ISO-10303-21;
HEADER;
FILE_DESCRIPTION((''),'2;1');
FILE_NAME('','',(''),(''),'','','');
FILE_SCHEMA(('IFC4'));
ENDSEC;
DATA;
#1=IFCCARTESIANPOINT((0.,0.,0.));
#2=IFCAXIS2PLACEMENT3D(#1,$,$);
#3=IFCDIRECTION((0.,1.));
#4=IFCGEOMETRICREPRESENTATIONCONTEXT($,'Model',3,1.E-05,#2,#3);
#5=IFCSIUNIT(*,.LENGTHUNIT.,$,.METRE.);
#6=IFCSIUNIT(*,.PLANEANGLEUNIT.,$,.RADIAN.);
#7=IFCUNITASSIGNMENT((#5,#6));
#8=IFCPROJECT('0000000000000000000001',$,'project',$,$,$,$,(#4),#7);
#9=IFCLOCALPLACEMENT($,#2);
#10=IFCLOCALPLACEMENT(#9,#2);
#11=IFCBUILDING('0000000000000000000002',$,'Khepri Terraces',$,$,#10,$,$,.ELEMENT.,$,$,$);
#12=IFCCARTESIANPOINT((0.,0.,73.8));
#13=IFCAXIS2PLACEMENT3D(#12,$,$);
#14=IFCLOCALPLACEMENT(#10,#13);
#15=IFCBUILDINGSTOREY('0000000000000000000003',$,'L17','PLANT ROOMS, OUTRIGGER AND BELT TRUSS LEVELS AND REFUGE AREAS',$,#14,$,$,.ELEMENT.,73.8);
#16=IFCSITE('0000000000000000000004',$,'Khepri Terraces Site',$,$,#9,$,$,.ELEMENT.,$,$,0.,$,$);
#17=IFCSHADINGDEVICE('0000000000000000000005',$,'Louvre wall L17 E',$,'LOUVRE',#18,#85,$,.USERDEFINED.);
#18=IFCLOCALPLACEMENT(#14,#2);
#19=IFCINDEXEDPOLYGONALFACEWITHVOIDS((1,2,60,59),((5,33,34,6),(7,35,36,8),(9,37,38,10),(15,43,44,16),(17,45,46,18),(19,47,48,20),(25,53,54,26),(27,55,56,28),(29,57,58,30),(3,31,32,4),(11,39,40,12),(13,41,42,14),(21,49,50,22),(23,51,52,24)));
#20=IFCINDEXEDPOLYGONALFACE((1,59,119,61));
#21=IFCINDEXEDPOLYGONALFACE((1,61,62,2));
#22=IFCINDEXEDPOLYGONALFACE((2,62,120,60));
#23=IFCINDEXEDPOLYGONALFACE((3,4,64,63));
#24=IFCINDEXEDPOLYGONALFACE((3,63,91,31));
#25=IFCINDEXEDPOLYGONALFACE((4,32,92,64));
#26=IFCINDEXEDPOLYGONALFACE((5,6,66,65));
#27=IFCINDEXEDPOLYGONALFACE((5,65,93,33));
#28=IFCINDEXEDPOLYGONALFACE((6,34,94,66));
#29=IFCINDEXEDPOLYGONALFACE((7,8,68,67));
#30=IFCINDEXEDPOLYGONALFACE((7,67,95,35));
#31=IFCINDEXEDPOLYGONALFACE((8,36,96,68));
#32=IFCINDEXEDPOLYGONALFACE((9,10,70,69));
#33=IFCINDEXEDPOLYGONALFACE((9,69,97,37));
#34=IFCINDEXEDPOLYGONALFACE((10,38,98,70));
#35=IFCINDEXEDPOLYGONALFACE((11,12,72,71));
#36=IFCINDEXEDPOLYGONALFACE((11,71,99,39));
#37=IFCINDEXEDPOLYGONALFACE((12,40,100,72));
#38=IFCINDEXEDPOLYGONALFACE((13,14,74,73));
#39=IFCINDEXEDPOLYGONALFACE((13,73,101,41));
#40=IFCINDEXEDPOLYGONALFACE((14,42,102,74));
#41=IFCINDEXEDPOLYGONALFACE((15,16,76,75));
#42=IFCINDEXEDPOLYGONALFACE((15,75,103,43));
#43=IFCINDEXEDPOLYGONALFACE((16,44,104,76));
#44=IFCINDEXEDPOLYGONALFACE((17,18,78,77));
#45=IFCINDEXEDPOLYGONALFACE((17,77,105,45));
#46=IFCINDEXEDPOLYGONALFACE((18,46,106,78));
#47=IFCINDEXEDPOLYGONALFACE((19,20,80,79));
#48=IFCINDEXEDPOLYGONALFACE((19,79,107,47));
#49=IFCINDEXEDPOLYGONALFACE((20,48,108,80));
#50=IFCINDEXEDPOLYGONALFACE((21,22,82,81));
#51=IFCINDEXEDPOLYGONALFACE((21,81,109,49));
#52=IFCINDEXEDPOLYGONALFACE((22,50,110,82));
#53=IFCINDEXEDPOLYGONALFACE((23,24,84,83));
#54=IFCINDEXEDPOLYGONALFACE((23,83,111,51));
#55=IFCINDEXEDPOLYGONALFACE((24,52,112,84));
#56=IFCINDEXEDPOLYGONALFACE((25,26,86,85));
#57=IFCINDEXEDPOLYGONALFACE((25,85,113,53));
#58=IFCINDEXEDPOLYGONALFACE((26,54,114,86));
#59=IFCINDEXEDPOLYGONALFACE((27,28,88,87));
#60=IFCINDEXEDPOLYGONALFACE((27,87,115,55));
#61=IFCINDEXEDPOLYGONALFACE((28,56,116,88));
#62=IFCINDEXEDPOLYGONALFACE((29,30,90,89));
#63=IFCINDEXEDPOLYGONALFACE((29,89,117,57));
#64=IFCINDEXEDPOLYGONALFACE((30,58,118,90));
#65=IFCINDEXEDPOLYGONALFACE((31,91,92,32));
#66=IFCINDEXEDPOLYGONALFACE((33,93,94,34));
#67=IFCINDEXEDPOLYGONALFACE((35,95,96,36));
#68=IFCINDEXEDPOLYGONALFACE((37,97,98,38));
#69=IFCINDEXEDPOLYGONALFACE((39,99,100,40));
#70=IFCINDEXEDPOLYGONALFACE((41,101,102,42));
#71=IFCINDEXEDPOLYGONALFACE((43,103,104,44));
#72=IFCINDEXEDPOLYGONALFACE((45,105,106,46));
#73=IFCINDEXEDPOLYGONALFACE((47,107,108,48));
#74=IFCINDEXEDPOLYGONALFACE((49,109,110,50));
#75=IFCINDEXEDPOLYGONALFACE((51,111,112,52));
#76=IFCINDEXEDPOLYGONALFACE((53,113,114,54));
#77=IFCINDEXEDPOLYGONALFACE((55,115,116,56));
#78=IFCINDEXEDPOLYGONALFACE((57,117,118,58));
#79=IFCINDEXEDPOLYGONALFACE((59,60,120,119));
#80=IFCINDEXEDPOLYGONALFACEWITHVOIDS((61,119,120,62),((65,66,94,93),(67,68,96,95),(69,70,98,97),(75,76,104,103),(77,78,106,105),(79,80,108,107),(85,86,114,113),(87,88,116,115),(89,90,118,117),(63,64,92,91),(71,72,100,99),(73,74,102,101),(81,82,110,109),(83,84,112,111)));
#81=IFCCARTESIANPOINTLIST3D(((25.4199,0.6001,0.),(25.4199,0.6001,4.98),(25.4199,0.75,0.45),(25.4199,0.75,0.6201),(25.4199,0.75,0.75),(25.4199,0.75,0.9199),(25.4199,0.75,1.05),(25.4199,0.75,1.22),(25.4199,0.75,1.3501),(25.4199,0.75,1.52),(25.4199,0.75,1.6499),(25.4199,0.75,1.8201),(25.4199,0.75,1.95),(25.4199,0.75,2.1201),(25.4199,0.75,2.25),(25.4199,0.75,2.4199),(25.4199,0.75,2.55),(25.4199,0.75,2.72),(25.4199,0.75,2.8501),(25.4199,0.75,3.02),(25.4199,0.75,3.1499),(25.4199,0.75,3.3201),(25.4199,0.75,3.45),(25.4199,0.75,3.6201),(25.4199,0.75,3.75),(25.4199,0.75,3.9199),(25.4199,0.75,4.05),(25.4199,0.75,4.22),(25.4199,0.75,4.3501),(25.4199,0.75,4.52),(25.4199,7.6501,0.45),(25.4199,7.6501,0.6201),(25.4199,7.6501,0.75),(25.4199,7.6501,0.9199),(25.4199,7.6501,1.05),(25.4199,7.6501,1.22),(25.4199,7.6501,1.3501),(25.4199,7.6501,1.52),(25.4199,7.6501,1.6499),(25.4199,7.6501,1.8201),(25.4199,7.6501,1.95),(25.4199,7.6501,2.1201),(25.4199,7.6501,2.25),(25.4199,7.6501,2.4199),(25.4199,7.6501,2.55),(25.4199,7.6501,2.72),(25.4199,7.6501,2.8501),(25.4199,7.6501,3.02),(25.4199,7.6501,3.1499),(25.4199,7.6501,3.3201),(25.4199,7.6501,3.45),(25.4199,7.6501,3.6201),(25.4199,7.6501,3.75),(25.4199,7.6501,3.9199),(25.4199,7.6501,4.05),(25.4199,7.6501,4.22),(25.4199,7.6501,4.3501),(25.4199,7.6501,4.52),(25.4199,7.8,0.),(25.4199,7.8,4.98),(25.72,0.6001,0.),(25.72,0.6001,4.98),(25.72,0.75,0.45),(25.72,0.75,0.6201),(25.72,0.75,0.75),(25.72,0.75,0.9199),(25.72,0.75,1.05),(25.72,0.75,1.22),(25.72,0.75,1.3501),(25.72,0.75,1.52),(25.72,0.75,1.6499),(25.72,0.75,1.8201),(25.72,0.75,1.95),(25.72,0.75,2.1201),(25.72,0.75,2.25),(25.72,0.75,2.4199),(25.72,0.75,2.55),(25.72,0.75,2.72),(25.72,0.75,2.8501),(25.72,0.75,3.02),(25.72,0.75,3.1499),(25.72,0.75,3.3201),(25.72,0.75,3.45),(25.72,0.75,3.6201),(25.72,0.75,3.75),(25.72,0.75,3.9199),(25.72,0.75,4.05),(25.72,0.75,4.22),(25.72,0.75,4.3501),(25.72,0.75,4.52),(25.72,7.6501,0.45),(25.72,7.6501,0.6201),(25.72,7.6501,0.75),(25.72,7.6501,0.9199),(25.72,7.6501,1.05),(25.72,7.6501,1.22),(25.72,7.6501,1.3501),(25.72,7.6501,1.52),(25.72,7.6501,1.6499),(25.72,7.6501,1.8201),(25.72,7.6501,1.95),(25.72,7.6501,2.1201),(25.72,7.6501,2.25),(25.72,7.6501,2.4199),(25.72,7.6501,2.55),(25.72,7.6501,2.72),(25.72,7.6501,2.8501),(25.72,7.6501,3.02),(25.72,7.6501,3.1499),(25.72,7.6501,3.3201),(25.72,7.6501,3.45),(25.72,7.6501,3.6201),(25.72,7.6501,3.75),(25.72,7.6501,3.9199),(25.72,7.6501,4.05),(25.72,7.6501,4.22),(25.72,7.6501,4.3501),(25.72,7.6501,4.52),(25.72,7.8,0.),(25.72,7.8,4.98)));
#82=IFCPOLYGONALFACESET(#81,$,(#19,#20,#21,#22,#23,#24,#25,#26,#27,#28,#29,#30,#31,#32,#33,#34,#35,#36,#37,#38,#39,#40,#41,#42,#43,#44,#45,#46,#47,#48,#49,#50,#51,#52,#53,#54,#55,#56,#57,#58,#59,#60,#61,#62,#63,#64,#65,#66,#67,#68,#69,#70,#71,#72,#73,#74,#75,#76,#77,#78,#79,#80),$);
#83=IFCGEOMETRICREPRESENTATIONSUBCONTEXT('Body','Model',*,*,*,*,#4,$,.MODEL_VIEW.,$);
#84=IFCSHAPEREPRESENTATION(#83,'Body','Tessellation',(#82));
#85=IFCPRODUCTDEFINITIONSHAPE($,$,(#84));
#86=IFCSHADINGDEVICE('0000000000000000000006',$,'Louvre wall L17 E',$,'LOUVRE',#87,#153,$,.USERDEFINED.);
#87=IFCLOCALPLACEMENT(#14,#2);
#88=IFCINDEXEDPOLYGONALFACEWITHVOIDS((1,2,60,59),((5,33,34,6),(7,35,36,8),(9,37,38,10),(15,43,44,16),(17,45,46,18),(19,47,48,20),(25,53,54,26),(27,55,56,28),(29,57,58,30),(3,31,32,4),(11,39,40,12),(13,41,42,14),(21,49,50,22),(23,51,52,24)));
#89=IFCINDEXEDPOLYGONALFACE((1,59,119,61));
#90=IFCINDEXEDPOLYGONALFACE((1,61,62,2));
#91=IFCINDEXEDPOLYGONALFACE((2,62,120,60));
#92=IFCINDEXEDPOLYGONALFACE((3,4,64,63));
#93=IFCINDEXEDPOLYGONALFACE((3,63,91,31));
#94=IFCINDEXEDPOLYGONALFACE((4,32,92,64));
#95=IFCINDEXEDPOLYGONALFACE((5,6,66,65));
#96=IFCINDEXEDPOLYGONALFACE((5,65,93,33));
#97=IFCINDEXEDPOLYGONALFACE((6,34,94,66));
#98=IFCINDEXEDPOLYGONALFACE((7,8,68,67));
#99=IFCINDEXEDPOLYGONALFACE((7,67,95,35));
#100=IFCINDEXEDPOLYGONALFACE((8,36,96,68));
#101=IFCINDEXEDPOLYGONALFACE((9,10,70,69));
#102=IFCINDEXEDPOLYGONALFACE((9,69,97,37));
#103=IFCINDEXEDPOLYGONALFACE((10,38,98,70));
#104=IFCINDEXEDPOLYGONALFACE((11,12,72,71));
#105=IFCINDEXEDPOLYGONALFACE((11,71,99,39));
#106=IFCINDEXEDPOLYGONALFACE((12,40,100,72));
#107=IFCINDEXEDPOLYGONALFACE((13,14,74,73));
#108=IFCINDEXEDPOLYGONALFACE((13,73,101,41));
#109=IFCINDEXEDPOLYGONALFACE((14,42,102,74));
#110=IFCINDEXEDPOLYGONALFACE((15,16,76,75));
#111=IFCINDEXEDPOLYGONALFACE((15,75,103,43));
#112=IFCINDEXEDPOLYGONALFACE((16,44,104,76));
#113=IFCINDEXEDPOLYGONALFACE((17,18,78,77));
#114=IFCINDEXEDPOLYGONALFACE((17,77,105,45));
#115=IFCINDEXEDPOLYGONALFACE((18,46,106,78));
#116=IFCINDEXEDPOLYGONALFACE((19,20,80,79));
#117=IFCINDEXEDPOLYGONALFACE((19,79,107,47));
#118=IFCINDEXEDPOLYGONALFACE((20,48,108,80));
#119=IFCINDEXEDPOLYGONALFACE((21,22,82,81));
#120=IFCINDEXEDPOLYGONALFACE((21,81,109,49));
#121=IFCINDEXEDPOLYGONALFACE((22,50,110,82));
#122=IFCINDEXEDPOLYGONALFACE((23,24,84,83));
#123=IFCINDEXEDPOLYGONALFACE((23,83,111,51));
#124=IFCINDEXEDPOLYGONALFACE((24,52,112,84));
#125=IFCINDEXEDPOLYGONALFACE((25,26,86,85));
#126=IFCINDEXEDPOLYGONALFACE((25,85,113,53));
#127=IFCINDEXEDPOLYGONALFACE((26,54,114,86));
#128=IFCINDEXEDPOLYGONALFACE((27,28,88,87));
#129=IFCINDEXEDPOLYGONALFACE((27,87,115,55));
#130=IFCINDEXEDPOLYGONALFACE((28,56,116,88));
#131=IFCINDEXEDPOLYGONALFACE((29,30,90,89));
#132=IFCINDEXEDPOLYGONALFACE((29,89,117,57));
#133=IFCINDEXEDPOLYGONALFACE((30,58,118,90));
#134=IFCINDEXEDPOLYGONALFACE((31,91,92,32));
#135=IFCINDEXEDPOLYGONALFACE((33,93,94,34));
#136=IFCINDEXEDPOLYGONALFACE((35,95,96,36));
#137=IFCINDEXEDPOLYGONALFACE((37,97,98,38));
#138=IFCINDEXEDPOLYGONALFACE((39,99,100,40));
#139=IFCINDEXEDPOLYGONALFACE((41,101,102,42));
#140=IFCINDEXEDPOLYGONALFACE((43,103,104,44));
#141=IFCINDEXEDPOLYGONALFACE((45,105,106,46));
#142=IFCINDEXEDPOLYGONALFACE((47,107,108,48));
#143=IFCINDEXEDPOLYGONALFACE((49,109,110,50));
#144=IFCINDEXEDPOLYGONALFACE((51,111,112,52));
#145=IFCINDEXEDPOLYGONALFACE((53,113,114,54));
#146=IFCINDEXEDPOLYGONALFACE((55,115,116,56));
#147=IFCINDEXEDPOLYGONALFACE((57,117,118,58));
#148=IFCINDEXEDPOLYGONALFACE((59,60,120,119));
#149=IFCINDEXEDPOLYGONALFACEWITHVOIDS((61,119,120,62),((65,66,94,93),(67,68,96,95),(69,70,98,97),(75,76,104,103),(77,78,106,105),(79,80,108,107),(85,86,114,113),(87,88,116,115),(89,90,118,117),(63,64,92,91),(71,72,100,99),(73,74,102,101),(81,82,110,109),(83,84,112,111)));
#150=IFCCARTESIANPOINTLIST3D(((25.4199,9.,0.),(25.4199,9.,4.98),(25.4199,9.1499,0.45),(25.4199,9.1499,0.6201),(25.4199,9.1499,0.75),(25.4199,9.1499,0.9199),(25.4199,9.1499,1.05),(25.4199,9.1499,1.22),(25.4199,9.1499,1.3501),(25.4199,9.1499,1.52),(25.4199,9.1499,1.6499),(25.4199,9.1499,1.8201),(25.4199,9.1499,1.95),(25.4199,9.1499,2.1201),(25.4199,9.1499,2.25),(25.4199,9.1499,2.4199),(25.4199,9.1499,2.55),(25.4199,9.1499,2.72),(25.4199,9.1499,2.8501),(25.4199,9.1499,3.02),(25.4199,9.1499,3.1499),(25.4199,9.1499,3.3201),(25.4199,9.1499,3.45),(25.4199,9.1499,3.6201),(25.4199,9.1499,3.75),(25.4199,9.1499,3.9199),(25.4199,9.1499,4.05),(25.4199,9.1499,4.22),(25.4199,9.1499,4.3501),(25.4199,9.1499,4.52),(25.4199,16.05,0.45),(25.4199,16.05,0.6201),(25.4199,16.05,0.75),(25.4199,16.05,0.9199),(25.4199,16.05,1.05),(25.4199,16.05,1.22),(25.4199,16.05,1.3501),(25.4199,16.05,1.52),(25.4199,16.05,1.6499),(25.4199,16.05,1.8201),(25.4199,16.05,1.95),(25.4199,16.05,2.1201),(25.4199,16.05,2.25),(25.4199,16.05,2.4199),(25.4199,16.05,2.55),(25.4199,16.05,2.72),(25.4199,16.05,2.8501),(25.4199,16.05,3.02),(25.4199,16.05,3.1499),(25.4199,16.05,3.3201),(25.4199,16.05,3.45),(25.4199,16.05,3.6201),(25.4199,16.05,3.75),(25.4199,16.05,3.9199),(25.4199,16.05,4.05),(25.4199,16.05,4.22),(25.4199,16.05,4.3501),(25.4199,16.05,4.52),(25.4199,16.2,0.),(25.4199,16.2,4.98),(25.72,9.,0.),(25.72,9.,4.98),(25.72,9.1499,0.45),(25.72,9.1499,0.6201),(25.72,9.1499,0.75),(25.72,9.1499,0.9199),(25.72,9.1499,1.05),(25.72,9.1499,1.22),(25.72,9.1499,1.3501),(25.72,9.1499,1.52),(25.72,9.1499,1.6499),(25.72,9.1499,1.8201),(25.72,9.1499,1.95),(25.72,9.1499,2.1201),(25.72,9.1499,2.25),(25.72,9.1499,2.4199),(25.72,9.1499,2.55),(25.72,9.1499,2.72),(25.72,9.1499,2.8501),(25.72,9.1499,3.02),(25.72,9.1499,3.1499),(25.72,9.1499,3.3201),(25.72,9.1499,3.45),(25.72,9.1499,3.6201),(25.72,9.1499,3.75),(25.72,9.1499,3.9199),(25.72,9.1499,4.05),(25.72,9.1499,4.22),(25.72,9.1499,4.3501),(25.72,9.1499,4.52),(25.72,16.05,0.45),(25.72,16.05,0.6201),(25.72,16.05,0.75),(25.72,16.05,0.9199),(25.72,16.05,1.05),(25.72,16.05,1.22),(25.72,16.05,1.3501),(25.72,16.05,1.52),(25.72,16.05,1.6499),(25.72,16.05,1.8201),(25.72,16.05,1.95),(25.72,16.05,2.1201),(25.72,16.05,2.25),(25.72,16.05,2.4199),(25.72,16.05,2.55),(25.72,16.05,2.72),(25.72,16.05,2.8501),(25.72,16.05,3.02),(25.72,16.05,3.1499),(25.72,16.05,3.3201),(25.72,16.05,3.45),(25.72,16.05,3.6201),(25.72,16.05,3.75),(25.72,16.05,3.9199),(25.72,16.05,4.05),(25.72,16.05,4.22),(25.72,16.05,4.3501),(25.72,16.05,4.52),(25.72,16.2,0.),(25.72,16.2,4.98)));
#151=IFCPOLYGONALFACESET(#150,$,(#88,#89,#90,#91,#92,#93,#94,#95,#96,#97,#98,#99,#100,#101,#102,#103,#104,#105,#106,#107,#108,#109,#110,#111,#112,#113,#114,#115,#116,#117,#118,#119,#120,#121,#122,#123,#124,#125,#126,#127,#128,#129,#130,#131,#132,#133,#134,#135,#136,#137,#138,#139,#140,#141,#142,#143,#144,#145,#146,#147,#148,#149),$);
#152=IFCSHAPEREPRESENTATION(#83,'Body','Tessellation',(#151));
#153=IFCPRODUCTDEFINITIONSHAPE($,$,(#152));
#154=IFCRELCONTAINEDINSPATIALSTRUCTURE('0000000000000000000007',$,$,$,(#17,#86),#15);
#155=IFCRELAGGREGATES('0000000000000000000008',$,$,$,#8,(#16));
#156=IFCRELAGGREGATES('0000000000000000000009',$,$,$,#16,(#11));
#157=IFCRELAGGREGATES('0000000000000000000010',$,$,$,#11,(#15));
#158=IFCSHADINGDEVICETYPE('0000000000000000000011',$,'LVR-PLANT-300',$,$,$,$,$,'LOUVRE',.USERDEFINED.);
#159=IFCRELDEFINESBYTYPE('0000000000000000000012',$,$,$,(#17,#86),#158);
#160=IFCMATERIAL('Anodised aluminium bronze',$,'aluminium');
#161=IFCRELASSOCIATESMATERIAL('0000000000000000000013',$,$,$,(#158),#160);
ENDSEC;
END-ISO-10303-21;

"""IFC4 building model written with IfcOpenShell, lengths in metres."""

from ifc_helpers import new_model, si_unit, direction, frame, origin, place, context, subcontext, project, spatial, polyline, outline, extrude, material, type_object, element, save


model = new_model("IFC4")

# Units and contexts
model_context = context("Model", 3, precision=1e-05, world=origin(), true_north=direction((0.0, 1.0)))
body_context = subcontext(model_context, "Body", "Model", "MODEL_VIEW")
ifc_project = project(units=[si_unit("LENGTHUNIT", "METRE"), si_unit("PLANEANGLEUNIT", "RADIAN")], contexts=[model_context])

# Site, building, storey
site_placement = place(None, origin())
site = spatial("IfcSite", under=ifc_project, at=site_placement, Name="Khepri Terraces Site", CompositionType="ELEMENT", RefElevation=0.0)
building_placement = place(site_placement, origin())
building = spatial("IfcBuilding", under=site, at=building_placement, Name="Khepri Terraces", CompositionType="ELEMENT")
storey_placement = place(building_placement, frame((0.0, 0.0, 73.8)))
storey = spatial("IfcBuildingStorey", under=building, at=storey_placement, Name="L17", Description="PLANT ROOMS, OUTRIGGER AND BELT TRUSS LEVELS AND REFUGE AREAS", CompositionType="ELEMENT", Elevation=73.8)

# Shading devices
ifc_material_1 = material(Name="Anodised aluminium bronze", Category="aluminium")
shading_device_type = type_object("IfcShadingDeviceType", Name="LVR-PLANT-300", ElementType="LOUVRE", PredefinedType="USERDEFINED", material=ifc_material_1)
shading_device_1_placement = place(storey_placement, frame((25.4199, 0.6001, 0.0), z_axis=(1.0, 0.0, 0.0), x_axis=(0.0, 1.0, 0.0)))
element("IfcShadingDevice", 1, at=shading_device_1_placement, inside=storey, type_object=shading_device_type, Name="Louvre wall L17 E", ObjectType="LOUVRE", PredefinedType="USERDEFINED", context=body_context, shape_type="SweptSolid", body=[
    extrude(outline(polyline([(0.0, 0.0), (7.2, 0.0), (7.2, 4.98), (0.0, 4.98), (0.0, 0.0)]), holes=[polyline([(0.1499, 0.45), (7.05, 0.45), (7.05, 0.6201), (0.1499, 0.6201), (0.1499, 0.45)]), polyline([(0.1499, 0.75), (7.05, 0.75), (7.05, 0.9199), (0.1499, 0.9199), (0.1499, 0.75)]), polyline([(0.1499, 1.05), (7.05, 1.05), (7.05, 1.22), (0.1499, 1.22), (0.1499, 1.05)]), polyline([(0.1499, 1.3501), (7.05, 1.3501), (7.05, 1.52), (0.1499, 1.52), (0.1499, 1.3501)]), polyline([(0.1499, 1.6499), (7.05, 1.6499), (7.05, 1.8201), (0.1499, 1.8201), (0.1499, 1.6499)]), polyline([(0.1499, 1.95), (7.05, 1.95), (7.05, 2.1201), (0.1499, 2.1201), (0.1499, 1.95)]), polyline([(0.1499, 2.25), (7.05, 2.25), (7.05, 2.4199), (0.1499, 2.4199), (0.1499, 2.25)]), polyline([(0.1499, 2.55), (7.05, 2.55), (7.05, 2.72), (0.1499, 2.72), (0.1499, 2.55)]), polyline([(0.1499, 2.8501), (7.05, 2.8501), (7.05, 3.02), (0.1499, 3.02), (0.1499, 2.8501)]), polyline([(0.1499, 3.1499), (7.05, 3.1499), (7.05, 3.3201), (0.1499, 3.3201), (0.1499, 3.1499)]), polyline([(0.1499, 3.45), (7.05, 3.45), (7.05, 3.6201), (0.1499, 3.6201), (0.1499, 3.45)]), polyline([(0.1499, 3.75), (7.05, 3.75), (7.05, 3.9199), (0.1499, 3.9199), (0.1499, 3.75)]), polyline([(0.1499, 4.05), (7.05, 4.05), (7.05, 4.22), (0.1499, 4.22), (0.1499, 4.05)]), polyline([(0.1499, 4.3501), (7.05, 4.3501), (7.05, 4.52), (0.1499, 4.52), (0.1499, 4.3501)])]), origin(), (0.0, 0.0, 1.0), 0.3),
])
shading_device_2_placement = place(storey_placement, frame((25.4199, 9.0, 0.0), z_axis=(1.0, 0.0, 0.0), x_axis=(0.0, 1.0, 0.0)))
element("IfcShadingDevice", 2, at=shading_device_2_placement, inside=storey, type_object=shading_device_type, Name="Louvre wall L17 E", ObjectType="LOUVRE", PredefinedType="USERDEFINED", context=body_context, shape_type="SweptSolid", body=[
    extrude(outline(polyline([(0.0, 0.0), (7.2, 0.0), (7.2, 4.98), (0.0, 4.98), (0.0, 0.0)]), holes=[polyline([(0.1499, 0.45), (7.05, 0.45), (7.05, 0.6201), (0.1499, 0.6201), (0.1499, 0.45)]), polyline([(0.1499, 0.75), (7.05, 0.75), (7.05, 0.9199), (0.1499, 0.9199), (0.1499, 0.75)]), polyline([(0.1499, 1.05), (7.05, 1.05), (7.05, 1.22), (0.1499, 1.22), (0.1499, 1.05)]), polyline([(0.1499, 1.3501), (7.05, 1.3501), (7.05, 1.52), (0.1499, 1.52), (0.1499, 1.3501)]), polyline([(0.1499, 1.6499), (7.05, 1.6499), (7.05, 1.8201), (0.1499, 1.8201), (0.1499, 1.6499)]), polyline([(0.1499, 1.95), (7.05, 1.95), (7.05, 2.1201), (0.1499, 2.1201), (0.1499, 1.95)]), polyline([(0.1499, 2.25), (7.05, 2.25), (7.05, 2.4199), (0.1499, 2.4199), (0.1499, 2.25)]), polyline([(0.1499, 2.55), (7.05, 2.55), (7.05, 2.72), (0.1499, 2.72), (0.1499, 2.55)]), polyline([(0.1499, 2.8501), (7.05, 2.8501), (7.05, 3.02), (0.1499, 3.02), (0.1499, 2.8501)]), polyline([(0.1499, 3.1499), (7.05, 3.1499), (7.05, 3.3201), (0.1499, 3.3201), (0.1499, 3.1499)]), polyline([(0.1499, 3.45), (7.05, 3.45), (7.05, 3.6201), (0.1499, 3.6201), (0.1499, 3.45)]), polyline([(0.1499, 3.75), (7.05, 3.75), (7.05, 3.9199), (0.1499, 3.9199), (0.1499, 3.75)]), polyline([(0.1499, 4.05), (7.05, 4.05), (7.05, 4.22), (0.1499, 4.22), (0.1499, 4.05)]), polyline([(0.1499, 4.3501), (7.05, 4.3501), (7.05, 4.52), (0.1499, 4.52), (0.1499, 4.3501)])]), origin(), (0.0, 0.0, 1.0), 0.3),
])

save(model, "model.ifc")
